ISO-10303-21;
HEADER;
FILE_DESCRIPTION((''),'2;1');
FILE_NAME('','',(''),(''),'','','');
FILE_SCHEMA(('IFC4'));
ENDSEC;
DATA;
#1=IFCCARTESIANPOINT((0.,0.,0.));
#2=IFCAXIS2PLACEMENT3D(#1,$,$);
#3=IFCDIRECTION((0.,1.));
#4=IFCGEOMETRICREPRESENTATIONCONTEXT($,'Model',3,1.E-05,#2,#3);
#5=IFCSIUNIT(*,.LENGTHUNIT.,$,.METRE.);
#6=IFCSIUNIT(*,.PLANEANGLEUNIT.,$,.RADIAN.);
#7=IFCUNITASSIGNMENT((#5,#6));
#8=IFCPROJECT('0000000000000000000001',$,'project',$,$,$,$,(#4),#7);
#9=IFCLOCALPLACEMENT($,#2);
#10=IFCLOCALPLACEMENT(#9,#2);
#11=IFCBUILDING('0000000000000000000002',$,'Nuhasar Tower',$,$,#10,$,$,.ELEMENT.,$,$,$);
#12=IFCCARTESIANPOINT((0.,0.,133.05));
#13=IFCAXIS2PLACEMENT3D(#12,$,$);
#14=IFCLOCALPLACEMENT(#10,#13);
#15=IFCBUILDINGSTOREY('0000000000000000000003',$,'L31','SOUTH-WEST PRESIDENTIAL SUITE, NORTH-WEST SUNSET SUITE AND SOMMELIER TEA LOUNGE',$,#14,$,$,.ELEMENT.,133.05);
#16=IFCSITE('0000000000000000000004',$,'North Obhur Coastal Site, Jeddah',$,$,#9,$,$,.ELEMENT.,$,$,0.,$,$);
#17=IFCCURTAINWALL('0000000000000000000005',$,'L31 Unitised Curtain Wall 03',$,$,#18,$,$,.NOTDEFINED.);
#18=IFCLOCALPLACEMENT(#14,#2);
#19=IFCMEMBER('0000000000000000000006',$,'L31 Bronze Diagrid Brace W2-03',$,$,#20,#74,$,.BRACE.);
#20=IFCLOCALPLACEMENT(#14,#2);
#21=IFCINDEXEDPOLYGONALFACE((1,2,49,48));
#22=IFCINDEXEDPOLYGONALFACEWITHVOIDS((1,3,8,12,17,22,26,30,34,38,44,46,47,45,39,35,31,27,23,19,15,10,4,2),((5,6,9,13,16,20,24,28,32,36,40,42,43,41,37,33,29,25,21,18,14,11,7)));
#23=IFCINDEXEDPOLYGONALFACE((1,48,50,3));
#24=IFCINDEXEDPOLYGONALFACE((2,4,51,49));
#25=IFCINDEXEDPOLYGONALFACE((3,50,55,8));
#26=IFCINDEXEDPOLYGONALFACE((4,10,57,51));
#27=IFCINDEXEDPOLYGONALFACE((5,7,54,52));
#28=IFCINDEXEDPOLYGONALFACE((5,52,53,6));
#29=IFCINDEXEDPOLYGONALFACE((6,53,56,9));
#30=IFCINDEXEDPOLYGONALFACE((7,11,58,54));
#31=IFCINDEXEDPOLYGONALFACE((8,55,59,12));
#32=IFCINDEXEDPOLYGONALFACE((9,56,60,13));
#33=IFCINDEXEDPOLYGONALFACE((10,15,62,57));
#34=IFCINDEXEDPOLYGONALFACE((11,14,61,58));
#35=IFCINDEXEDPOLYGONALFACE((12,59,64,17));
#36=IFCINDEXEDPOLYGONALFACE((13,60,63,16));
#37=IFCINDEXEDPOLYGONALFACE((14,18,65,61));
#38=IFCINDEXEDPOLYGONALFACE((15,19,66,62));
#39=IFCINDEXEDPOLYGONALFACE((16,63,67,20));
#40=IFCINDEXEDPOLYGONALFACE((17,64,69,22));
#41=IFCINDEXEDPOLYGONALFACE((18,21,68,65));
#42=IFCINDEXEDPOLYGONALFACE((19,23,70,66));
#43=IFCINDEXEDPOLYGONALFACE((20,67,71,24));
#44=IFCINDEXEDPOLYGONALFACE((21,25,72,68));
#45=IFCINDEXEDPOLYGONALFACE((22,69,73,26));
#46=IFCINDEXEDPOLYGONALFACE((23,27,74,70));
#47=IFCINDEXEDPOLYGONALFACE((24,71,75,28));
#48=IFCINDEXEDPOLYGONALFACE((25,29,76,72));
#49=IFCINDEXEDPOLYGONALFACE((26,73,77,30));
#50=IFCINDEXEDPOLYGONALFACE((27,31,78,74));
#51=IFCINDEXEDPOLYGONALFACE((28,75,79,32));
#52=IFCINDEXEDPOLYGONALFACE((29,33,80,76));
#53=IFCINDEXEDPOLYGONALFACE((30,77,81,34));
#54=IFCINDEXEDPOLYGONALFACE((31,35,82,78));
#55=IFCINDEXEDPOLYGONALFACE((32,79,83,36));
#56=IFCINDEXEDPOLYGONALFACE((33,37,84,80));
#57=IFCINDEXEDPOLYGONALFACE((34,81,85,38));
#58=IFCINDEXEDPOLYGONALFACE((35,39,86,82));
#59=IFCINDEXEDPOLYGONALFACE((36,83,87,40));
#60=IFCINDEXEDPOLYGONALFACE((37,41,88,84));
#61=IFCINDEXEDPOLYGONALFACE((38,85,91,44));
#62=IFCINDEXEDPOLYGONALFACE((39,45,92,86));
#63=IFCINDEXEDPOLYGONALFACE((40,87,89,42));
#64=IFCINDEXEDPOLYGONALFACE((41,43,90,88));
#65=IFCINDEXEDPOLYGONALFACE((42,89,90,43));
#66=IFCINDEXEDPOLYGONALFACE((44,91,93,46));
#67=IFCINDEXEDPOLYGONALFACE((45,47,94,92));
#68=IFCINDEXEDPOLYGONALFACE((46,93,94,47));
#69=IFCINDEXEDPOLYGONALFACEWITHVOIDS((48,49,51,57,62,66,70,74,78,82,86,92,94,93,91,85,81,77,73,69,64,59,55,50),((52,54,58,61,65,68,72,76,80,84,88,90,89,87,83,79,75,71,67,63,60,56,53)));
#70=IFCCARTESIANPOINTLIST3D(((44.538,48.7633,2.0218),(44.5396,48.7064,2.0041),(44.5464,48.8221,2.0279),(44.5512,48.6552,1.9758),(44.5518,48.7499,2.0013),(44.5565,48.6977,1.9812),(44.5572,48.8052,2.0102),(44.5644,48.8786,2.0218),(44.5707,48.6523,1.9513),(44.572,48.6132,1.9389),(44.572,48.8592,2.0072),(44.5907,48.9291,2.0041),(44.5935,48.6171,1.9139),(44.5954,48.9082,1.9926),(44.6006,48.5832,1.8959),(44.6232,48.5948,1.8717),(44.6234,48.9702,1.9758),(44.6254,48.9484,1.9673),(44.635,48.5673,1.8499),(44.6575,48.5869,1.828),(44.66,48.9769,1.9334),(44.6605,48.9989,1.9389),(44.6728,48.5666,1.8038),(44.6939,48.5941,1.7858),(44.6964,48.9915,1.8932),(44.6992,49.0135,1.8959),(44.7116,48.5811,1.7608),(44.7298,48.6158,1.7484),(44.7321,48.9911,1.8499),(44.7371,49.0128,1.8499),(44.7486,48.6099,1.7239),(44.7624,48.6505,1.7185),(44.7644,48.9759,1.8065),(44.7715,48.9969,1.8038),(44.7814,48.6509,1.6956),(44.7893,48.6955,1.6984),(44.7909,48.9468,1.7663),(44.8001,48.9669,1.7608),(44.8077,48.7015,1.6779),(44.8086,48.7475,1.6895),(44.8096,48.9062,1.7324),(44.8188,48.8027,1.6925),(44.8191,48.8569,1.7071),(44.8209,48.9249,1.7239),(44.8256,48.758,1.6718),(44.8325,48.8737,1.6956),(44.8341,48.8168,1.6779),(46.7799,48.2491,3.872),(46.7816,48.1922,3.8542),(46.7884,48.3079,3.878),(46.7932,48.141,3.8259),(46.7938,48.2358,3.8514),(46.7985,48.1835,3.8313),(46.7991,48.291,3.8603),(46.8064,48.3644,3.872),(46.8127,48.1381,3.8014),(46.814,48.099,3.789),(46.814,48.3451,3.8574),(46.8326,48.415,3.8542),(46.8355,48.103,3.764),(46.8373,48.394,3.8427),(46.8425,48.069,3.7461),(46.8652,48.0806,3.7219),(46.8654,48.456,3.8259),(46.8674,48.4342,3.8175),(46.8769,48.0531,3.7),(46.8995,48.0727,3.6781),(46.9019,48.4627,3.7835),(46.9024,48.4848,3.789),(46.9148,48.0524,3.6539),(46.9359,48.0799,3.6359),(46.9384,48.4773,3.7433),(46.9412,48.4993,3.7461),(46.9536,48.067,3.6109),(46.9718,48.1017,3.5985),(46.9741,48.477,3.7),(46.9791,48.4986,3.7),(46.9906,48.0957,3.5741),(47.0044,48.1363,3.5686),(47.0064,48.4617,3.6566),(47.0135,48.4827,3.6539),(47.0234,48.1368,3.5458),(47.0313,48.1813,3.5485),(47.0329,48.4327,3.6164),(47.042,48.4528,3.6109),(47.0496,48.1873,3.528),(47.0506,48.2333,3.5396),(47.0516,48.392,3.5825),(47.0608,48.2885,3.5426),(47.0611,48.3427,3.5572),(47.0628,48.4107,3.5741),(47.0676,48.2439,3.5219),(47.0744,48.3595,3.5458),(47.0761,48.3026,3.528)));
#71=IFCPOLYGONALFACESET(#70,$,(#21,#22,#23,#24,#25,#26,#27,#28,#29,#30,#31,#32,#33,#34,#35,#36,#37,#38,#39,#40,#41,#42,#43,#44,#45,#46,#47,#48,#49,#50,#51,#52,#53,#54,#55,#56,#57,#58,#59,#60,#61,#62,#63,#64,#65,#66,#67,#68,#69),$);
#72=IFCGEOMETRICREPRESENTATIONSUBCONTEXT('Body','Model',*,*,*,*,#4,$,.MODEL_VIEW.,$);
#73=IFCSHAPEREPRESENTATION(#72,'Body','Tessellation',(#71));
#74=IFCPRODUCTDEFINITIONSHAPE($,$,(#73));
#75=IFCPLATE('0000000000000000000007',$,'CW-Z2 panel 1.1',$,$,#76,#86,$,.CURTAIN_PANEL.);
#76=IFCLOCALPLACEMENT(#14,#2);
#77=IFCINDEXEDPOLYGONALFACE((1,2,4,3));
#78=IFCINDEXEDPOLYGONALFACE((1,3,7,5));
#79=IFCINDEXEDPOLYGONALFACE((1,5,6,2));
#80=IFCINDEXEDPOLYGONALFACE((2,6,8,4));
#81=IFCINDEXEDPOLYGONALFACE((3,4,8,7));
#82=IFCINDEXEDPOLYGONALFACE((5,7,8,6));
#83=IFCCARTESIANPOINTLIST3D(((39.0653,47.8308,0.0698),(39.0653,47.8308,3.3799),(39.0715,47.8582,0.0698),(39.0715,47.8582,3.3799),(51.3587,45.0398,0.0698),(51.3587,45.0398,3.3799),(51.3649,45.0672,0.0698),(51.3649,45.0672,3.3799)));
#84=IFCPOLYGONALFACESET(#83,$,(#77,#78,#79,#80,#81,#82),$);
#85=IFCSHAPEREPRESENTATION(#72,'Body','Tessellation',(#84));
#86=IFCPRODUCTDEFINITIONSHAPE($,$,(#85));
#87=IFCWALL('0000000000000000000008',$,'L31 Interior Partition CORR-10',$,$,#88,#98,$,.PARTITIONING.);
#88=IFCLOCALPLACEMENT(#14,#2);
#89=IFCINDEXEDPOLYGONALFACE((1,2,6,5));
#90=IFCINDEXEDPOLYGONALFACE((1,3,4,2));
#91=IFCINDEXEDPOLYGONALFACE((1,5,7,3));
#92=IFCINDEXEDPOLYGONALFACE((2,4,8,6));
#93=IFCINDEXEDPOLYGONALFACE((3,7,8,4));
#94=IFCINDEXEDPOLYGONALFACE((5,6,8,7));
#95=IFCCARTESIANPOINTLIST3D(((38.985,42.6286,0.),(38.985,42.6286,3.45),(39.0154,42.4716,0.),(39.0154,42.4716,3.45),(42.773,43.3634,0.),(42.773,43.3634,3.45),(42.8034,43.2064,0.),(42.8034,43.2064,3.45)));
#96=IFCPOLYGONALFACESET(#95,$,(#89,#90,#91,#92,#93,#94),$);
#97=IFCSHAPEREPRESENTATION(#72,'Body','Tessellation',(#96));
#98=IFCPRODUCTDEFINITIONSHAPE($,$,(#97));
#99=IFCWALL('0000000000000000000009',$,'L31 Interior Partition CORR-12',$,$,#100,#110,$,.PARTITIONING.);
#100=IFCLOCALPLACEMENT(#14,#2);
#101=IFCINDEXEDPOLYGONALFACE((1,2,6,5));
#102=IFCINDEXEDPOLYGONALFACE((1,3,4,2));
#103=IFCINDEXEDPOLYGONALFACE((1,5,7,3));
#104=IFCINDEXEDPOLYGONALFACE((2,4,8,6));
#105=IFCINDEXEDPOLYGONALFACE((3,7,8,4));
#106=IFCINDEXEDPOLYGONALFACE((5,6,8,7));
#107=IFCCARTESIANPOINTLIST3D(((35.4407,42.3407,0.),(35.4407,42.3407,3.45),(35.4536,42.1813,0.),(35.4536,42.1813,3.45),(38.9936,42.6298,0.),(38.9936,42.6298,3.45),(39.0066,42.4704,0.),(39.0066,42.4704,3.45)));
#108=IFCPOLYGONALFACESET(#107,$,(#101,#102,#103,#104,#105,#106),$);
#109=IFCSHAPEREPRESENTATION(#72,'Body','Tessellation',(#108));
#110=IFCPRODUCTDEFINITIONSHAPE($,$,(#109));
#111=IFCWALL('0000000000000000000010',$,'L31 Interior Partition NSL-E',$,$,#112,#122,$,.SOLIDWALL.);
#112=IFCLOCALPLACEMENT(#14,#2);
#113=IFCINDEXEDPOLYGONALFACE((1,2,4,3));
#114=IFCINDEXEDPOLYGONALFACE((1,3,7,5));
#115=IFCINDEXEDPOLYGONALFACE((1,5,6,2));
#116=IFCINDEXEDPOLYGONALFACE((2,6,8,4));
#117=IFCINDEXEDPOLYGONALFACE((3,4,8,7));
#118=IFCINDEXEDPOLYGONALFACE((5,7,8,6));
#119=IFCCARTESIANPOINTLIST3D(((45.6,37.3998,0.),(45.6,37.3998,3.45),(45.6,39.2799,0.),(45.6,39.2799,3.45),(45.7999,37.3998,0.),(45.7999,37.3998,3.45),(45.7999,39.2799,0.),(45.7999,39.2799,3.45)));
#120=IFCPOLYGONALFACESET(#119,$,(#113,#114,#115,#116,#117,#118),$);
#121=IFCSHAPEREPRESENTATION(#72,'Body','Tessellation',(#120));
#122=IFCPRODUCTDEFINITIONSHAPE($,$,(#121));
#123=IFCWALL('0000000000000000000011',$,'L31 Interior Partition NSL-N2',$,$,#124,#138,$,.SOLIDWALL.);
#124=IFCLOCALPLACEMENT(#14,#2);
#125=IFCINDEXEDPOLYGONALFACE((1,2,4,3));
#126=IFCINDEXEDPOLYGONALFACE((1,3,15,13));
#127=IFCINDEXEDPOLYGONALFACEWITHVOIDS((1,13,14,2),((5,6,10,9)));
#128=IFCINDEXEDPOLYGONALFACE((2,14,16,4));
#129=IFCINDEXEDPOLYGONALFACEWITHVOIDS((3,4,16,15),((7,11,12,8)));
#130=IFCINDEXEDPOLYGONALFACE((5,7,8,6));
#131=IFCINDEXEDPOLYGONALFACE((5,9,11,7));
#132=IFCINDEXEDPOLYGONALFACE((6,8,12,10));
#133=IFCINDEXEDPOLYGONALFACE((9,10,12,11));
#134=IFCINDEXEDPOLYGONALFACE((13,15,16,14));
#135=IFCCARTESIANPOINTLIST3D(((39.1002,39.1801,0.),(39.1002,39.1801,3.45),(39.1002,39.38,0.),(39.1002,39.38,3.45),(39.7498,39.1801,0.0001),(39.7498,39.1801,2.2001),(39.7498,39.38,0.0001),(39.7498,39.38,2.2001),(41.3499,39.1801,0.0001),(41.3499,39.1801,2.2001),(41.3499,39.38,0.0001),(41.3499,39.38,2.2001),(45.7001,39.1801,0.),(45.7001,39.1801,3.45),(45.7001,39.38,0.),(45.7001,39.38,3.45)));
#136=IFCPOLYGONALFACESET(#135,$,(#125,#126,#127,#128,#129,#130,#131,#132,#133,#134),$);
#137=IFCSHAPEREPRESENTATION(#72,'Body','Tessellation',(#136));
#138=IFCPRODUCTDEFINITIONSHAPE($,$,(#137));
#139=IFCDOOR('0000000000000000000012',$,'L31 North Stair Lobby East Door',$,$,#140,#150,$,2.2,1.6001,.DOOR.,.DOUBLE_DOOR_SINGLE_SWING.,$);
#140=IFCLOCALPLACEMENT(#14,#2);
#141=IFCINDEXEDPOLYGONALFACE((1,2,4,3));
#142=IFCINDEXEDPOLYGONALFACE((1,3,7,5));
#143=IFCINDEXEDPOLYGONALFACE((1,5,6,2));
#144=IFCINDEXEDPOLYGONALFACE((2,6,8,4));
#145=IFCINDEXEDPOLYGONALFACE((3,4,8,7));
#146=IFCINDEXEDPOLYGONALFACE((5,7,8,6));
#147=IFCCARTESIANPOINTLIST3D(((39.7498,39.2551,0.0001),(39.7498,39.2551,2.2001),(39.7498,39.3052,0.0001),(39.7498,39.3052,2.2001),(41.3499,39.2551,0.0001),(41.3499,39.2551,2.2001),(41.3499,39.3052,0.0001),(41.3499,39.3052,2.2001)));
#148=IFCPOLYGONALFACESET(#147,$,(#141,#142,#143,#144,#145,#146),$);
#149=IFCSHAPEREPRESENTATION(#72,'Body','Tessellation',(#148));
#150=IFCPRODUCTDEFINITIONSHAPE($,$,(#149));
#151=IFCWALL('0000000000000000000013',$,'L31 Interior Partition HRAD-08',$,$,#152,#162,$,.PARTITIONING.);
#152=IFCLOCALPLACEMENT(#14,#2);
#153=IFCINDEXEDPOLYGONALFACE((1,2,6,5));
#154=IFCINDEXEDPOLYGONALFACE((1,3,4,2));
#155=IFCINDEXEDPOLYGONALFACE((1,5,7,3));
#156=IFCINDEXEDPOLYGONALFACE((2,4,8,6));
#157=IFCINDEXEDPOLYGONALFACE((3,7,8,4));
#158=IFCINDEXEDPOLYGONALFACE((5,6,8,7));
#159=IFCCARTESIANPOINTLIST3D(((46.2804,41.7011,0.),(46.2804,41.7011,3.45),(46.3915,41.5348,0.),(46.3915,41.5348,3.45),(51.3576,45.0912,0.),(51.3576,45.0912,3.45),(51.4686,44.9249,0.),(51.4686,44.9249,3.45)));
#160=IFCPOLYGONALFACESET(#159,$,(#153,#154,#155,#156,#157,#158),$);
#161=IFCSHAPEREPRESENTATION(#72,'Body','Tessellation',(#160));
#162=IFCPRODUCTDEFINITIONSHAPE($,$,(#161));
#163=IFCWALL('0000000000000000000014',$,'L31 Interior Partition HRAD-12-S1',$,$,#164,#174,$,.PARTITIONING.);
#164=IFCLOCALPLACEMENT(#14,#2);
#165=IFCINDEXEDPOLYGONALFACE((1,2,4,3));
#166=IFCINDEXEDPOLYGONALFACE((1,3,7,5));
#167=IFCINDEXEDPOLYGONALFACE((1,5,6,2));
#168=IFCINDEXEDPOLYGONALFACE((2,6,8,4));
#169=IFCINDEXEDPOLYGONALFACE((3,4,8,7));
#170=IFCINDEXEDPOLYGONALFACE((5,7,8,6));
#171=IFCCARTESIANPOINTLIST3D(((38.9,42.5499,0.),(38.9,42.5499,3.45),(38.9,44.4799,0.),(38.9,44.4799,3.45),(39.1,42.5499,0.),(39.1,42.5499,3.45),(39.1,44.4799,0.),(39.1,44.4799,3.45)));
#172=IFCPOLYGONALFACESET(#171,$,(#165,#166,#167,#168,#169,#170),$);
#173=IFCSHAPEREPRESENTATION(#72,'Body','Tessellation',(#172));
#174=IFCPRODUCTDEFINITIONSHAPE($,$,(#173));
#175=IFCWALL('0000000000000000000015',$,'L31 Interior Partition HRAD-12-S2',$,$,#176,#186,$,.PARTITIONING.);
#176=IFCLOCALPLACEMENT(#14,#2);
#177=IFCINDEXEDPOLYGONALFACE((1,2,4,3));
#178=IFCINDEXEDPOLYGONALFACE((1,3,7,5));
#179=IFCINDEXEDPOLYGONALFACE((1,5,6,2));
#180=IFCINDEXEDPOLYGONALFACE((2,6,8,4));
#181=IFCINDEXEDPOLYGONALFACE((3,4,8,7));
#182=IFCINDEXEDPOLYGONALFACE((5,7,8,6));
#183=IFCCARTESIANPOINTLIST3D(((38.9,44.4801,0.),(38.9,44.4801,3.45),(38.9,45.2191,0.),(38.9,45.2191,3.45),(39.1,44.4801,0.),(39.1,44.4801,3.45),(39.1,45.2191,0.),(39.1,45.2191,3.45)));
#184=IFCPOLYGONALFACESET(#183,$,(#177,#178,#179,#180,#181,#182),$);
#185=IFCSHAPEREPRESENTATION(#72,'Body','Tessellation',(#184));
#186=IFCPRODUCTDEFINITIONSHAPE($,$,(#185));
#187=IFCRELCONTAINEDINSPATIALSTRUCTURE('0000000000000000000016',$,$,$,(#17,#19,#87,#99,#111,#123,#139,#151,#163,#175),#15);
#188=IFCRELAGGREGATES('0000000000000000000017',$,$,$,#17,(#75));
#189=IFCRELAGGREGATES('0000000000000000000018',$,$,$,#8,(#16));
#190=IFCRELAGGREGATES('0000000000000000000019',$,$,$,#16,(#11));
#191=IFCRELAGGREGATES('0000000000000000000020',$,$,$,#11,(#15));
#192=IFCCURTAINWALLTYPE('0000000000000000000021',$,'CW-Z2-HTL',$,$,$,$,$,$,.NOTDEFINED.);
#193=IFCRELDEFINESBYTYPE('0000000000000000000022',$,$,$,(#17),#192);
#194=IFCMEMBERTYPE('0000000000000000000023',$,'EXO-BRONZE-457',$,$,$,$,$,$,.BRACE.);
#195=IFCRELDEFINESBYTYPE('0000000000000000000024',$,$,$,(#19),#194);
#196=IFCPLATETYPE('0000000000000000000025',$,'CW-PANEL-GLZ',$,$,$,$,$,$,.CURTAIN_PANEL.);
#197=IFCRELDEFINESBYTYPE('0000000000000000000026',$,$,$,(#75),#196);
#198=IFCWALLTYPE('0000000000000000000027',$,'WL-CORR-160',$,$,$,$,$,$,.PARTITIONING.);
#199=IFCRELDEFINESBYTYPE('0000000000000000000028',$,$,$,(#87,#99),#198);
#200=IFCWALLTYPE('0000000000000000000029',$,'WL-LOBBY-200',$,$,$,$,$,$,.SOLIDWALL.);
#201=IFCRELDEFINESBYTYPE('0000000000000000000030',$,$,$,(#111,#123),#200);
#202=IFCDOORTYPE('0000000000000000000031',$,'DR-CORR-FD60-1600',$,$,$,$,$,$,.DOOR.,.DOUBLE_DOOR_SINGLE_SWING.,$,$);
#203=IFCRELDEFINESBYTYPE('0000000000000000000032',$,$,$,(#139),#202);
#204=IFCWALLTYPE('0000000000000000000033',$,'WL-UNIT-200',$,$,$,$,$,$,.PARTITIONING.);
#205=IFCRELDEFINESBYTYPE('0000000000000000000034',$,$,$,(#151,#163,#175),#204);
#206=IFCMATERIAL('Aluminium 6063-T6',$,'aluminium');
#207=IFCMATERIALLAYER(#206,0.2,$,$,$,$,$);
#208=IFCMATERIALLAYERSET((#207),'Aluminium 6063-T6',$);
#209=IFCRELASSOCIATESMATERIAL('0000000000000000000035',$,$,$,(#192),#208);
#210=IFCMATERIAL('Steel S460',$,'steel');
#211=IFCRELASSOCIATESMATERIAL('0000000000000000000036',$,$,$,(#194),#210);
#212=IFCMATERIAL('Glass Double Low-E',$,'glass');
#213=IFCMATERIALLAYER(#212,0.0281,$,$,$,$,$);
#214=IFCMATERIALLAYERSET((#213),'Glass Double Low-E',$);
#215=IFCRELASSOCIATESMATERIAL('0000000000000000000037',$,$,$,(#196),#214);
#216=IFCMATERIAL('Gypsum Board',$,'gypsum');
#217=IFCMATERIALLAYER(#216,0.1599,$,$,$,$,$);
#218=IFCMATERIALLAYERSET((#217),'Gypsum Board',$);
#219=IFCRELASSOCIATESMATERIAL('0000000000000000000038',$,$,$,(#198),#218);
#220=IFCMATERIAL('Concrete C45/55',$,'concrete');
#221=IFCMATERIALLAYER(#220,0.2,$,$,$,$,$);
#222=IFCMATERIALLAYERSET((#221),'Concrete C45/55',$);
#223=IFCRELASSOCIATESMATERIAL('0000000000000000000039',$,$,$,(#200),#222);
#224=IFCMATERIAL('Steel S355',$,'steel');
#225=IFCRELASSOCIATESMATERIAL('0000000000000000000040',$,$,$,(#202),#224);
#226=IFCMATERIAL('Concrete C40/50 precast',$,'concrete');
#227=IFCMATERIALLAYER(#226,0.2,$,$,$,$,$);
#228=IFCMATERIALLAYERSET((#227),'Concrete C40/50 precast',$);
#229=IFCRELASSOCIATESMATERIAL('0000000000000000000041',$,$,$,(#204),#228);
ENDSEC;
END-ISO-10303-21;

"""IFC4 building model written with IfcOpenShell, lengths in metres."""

from ifc_helpers import new_model, si_unit, direction, frame, frame_2d, origin, origin_2d, place, context, subcontext, project, spatial, rectangle, hollow_circle, extrude, material, layer, layer_set, material_profile, profile_set, type_object, element, fill, aggregate, save


model = new_model("IFC4")

# Units and contexts
model_context = context("Model", 3, precision=1e-05, world=origin(), true_north=direction((0.0, 1.0)))
body_context = subcontext(model_context, "Body", "Model", "MODEL_VIEW")
ifc_project = project(units=[si_unit("LENGTHUNIT", "METRE"), si_unit("PLANEANGLEUNIT", "RADIAN")], contexts=[model_context])

# Site, building, storey
site_placement = place(None, origin())
site = spatial("IfcSite", under=ifc_project, at=site_placement, Name="North Obhur Coastal Site, Jeddah", CompositionType="ELEMENT", RefElevation=0.0)
building_placement = place(site_placement, origin())
building = spatial("IfcBuilding", under=site, at=building_placement, Name="Nuhasar Tower", CompositionType="ELEMENT")
storey_placement = place(building_placement, frame((0.0, 0.0, 133.05)))
storey = spatial("IfcBuildingStorey", under=building, at=storey_placement, Name="L31", Description="SOUTH-WEST PRESIDENTIAL SUITE, NORTH-WEST SUNSET SUITE AND SOMMELIER TEA LOUNGE", CompositionType="ELEMENT", Elevation=133.05)

# Shared definitions
ifc_material_1 = material(Name="Steel S355", Category="steel")

# Curtain wall
ifc_material_2 = material(Name="Aluminium 6063-T6", Category="aluminium")
ifc_layer_1 = layer(ifc_material_2, 0.2)
ifc_layer_set_1 = layer_set([ifc_layer_1], Name="Aluminium 6063-T6")
curtain_wall_type = type_object("IfcCurtainWallType", Name="CW-Z2-HTL", PredefinedType="NOTDEFINED", material=ifc_layer_set_1)
curtain_wall_placement = place(storey_placement, origin())
curtain_wall = element("IfcCurtainWall", 1, at=curtain_wall_placement, inside=storey, type_object=curtain_wall_type, Name="L31 Unitised Curtain Wall 03", PredefinedType="NOTDEFINED")

# Member
ifc_material_3 = material(Name="Steel S460", Category="steel")
ifc_material_profile_1 = material_profile(ifc_material_3, hollow_circle(Radius=0.2285, WallThickness=0.0222, at=origin_2d()), Name="HSS457X22.2")
ifc_profile_set_1 = profile_set([ifc_material_profile_1], Name="Steel S460")
member_type_1 = type_object("IfcMemberType", Name="EXO-BRONZE-457", PredefinedType="BRACE", material=ifc_profile_set_1)
member_1_placement = place(storey_placement, frame((44.686, 48.79, 1.8499), z_axis=(0.7595, -0.174181, 0.626755), x_axis=(0.223534, 0.974696, 0.0)))
element("IfcMember", 2, at=member_1_placement, inside=storey, type_object=member_type_1, Name="L31 Bronze Diagrid Brace W2-03", PredefinedType="BRACE", context=body_context, shape_type="SweptSolid", body=[
    extrude(hollow_circle(Radius=0.2285, WallThickness=0.0222, at=origin_2d()), origin(), (0.0, 0.0, 1.0), 2.9519),
])

# Plate
ifc_material_4 = material(Name="Glass Double Low-E", Category="glass")
ifc_layer_2 = layer(ifc_material_4, 0.0281)
ifc_layer_set_2 = layer_set([ifc_layer_2], Name="Glass Double Low-E")
plate_type = type_object("IfcPlateType", Name="CW-PANEL-GLZ", PredefinedType="CURTAIN_PANEL", material=ifc_layer_set_2)
plate_placement = place(storey_placement, frame((45.2151, 46.449, 0.0698), z_axis=(0.0, 0.0, 1.0), x_axis=(-0.975184, 0.221397, 0.0)))
plate = element("IfcPlate", 3, at=plate_placement, type_object=plate_type, Name="CW-Z2 panel 1.1", PredefinedType="CURTAIN_PANEL", context=body_context, shape_type="SweptSolid", body=[
    extrude(rectangle(XDim=12.6062, YDim=0.0281, at=origin_2d()), origin(), (0.0, 0.0, 1.0), 3.3101),
])
aggregate(curtain_wall, [plate])

# Shared definitions
ifc_material_5 = material(Name="Gypsum Board", Category="gypsum")
ifc_layer_3 = layer(ifc_material_5, 0.1599)
ifc_layer_set_3 = layer_set([ifc_layer_3], Name="Gypsum Board")
wall_type_1 = type_object("IfcWallType", Name="WL-CORR-160", PredefinedType="PARTITIONING", material=ifc_layer_set_3)

# Walls
wall_1_placement = place(storey_placement, frame((42.7881, 43.2849, 0.0), z_axis=(0.0, 0.0, 1.0), x_axis=(-0.981698, -0.190443, 0.0)))
element("IfcWall", 4, at=wall_1_placement, inside=storey, type_object=wall_type_1, Name="L31 Interior Partition CORR-10", PredefinedType="PARTITIONING", context=body_context, shape_type="SweptSolid", body=[
    extrude(rectangle(XDim=3.8586, YDim=0.1599, at=frame_2d((1.9292, 0.0))), origin(), (0.0, 0.0, 1.0), 3.45),
])
wall_2_placement = place(storey_placement, frame((39.0, 42.55, 0.0), z_axis=(0.0, 0.0, 1.0), x_axis=(-0.996707, -0.08109, 0.0)))
element("IfcWall", 5, at=wall_2_placement, inside=storey, type_object=wall_type_1, Name="L31 Interior Partition CORR-12", PredefinedType="PARTITIONING", context=body_context, shape_type="SweptSolid", body=[
    extrude(rectangle(XDim=3.5647, YDim=0.1599, at=frame_2d((1.7822, 0.0))), origin(), (0.0, 0.0, 1.0), 3.45),
])
ifc_material_6 = material(Name="Concrete C45/55", Category="concrete")
ifc_layer_4 = layer(ifc_material_6, 0.2)
ifc_layer_set_4 = layer_set([ifc_layer_4], Name="Concrete C45/55")
wall_type_2 = type_object("IfcWallType", Name="WL-LOBBY-200", PredefinedType="SOLIDWALL", material=ifc_layer_set_4)
wall_3_placement = place(storey_placement, frame((45.7, 37.3999, 0.0), z_axis=(0.0, 0.0, 1.0), x_axis=(0.0, 1.0, 0.0)))
element("IfcWall", 6, at=wall_3_placement, inside=storey, type_object=wall_type_2, Name="L31 Interior Partition NSL-E", PredefinedType="SOLIDWALL", context=body_context, shape_type="SweptSolid", body=[
    extrude(rectangle(XDim=1.8801, YDim=0.2, at=frame_2d((0.9399, 0.0))), origin(), (0.0, 0.0, 1.0), 3.45),
])

# Wall, opening, door
wall_4_placement = place(storey_placement, frame((45.7, 39.28, 0.0), z_axis=(0.0, 0.0, 1.0), x_axis=(-1.0, 0.0, 0.0)))
wall_4 = element("IfcWall", 7, at=wall_4_placement, inside=storey, type_object=wall_type_2, Name="L31 Interior Partition NSL-N2", PredefinedType="SOLIDWALL", context=body_context, shape_type="SweptSolid", body=[
    extrude(rectangle(XDim=6.5999, YDim=0.2, at=frame_2d((3.2998, 0.0))), origin(), (0.0, 0.0, 1.0), 3.45),
])
opening_1_placement = place(wall_4_placement, frame((4.3501, 0.0, 0.0)))
opening_1 = element("IfcOpeningElement", 8, at=opening_1_placement, cuts=wall_4, PredefinedType="OPENING", context=body_context, shape_type="SweptSolid", body=[
    extrude(rectangle(XDim=1.6001, YDim=2.2, at=frame_2d((0.8, 1.1001))), frame((0.0, 0.1099, 0.0), z_axis=(0.0, -1.0, 0.0), x_axis=(1.0, 0.0, 0.0)), (0.0, 0.0, 1.0), 0.22),
])
door_type_1 = type_object("IfcDoorType", Name="DR-CORR-FD60-1600", OperationType="DOUBLE_DOOR_SINGLE_SWING", PredefinedType="DOOR", material=ifc_material_1)
door_1_placement = place(opening_1_placement, origin())
door_1 = element("IfcDoor", 9, at=door_1_placement, inside=storey, type_object=door_type_1, Name="L31 North Stair Lobby East Door", OperationType="DOUBLE_DOOR_SINGLE_SWING", OverallHeight=2.2, OverallWidth=1.6001, PredefinedType="DOOR", context=body_context, shape_type="SweptSolid", body=[
    extrude(rectangle(XDim=1.6001, YDim=2.2, at=frame_2d((0.8, 1.1001))), frame((0.0, 0.0249, 0.0), z_axis=(0.0, -1.0, 0.0), x_axis=(1.0, 0.0, 0.0)), (0.0, 0.0, 1.0), 0.05),
])
fill(opening_1, door_1)

# Walls
ifc_material_7 = material(Name="Concrete C40/50 precast", Category="concrete")
ifc_layer_5 = layer(ifc_material_7, 0.2)
ifc_layer_set_5 = layer_set([ifc_layer_5], Name="Concrete C40/50 precast")
wall_type_3 = type_object("IfcWallType", Name="WL-UNIT-200", PredefinedType="PARTITIONING", material=ifc_layer_set_5)
wall_5_placement = place(storey_placement, frame((46.3359, 41.6179, 0.0), z_axis=(0.0, 0.0, 1.0), x_axis=(0.831644, 0.555309, 0.0)))
element("IfcWall", 10, at=wall_5_placement, inside=storey, type_object=wall_type_3, Name="L31 Interior Partition HRAD-08", PredefinedType="PARTITIONING", context=body_context, shape_type="SweptSolid", body=[
    extrude(rectangle(XDim=6.105, YDim=0.2, at=frame_2d((3.0525, 0.0))), origin(), (0.0, 0.0, 1.0), 3.45),
])
wall_6_placement = place(storey_placement, frame((39.0, 42.55, 0.0), z_axis=(0.0, 0.0, 1.0), x_axis=(0.0, 1.0, 0.0)))
element("IfcWall", 11, at=wall_6_placement, inside=storey, type_object=wall_type_3, Name="L31 Interior Partition HRAD-12-S1", PredefinedType="PARTITIONING", context=body_context, shape_type="SweptSolid", body=[
    extrude(rectangle(XDim=1.9299, YDim=0.2, at=frame_2d((0.9648, 0.0))), origin(), (0.0, 0.0, 1.0), 3.45),
])
wall_7_placement = place(storey_placement, frame((39.0, 44.48, 0.0), z_axis=(0.0, 0.0, 1.0), x_axis=(0.0, 1.0, 0.0)))
element("IfcWall", 12, at=wall_7_placement, inside=storey, type_object=wall_type_3, Name="L31 Interior Partition HRAD-12-S2", PredefinedType="PARTITIONING", context=body_context, shape_type="SweptSolid", body=[
    extrude(rectangle(XDim=0.739, YDim=0.2, at=frame_2d((0.3696, 0.0))), origin(), (0.0, 0.0, 1.0), 3.45),
])

save(model, "model.ifc")
